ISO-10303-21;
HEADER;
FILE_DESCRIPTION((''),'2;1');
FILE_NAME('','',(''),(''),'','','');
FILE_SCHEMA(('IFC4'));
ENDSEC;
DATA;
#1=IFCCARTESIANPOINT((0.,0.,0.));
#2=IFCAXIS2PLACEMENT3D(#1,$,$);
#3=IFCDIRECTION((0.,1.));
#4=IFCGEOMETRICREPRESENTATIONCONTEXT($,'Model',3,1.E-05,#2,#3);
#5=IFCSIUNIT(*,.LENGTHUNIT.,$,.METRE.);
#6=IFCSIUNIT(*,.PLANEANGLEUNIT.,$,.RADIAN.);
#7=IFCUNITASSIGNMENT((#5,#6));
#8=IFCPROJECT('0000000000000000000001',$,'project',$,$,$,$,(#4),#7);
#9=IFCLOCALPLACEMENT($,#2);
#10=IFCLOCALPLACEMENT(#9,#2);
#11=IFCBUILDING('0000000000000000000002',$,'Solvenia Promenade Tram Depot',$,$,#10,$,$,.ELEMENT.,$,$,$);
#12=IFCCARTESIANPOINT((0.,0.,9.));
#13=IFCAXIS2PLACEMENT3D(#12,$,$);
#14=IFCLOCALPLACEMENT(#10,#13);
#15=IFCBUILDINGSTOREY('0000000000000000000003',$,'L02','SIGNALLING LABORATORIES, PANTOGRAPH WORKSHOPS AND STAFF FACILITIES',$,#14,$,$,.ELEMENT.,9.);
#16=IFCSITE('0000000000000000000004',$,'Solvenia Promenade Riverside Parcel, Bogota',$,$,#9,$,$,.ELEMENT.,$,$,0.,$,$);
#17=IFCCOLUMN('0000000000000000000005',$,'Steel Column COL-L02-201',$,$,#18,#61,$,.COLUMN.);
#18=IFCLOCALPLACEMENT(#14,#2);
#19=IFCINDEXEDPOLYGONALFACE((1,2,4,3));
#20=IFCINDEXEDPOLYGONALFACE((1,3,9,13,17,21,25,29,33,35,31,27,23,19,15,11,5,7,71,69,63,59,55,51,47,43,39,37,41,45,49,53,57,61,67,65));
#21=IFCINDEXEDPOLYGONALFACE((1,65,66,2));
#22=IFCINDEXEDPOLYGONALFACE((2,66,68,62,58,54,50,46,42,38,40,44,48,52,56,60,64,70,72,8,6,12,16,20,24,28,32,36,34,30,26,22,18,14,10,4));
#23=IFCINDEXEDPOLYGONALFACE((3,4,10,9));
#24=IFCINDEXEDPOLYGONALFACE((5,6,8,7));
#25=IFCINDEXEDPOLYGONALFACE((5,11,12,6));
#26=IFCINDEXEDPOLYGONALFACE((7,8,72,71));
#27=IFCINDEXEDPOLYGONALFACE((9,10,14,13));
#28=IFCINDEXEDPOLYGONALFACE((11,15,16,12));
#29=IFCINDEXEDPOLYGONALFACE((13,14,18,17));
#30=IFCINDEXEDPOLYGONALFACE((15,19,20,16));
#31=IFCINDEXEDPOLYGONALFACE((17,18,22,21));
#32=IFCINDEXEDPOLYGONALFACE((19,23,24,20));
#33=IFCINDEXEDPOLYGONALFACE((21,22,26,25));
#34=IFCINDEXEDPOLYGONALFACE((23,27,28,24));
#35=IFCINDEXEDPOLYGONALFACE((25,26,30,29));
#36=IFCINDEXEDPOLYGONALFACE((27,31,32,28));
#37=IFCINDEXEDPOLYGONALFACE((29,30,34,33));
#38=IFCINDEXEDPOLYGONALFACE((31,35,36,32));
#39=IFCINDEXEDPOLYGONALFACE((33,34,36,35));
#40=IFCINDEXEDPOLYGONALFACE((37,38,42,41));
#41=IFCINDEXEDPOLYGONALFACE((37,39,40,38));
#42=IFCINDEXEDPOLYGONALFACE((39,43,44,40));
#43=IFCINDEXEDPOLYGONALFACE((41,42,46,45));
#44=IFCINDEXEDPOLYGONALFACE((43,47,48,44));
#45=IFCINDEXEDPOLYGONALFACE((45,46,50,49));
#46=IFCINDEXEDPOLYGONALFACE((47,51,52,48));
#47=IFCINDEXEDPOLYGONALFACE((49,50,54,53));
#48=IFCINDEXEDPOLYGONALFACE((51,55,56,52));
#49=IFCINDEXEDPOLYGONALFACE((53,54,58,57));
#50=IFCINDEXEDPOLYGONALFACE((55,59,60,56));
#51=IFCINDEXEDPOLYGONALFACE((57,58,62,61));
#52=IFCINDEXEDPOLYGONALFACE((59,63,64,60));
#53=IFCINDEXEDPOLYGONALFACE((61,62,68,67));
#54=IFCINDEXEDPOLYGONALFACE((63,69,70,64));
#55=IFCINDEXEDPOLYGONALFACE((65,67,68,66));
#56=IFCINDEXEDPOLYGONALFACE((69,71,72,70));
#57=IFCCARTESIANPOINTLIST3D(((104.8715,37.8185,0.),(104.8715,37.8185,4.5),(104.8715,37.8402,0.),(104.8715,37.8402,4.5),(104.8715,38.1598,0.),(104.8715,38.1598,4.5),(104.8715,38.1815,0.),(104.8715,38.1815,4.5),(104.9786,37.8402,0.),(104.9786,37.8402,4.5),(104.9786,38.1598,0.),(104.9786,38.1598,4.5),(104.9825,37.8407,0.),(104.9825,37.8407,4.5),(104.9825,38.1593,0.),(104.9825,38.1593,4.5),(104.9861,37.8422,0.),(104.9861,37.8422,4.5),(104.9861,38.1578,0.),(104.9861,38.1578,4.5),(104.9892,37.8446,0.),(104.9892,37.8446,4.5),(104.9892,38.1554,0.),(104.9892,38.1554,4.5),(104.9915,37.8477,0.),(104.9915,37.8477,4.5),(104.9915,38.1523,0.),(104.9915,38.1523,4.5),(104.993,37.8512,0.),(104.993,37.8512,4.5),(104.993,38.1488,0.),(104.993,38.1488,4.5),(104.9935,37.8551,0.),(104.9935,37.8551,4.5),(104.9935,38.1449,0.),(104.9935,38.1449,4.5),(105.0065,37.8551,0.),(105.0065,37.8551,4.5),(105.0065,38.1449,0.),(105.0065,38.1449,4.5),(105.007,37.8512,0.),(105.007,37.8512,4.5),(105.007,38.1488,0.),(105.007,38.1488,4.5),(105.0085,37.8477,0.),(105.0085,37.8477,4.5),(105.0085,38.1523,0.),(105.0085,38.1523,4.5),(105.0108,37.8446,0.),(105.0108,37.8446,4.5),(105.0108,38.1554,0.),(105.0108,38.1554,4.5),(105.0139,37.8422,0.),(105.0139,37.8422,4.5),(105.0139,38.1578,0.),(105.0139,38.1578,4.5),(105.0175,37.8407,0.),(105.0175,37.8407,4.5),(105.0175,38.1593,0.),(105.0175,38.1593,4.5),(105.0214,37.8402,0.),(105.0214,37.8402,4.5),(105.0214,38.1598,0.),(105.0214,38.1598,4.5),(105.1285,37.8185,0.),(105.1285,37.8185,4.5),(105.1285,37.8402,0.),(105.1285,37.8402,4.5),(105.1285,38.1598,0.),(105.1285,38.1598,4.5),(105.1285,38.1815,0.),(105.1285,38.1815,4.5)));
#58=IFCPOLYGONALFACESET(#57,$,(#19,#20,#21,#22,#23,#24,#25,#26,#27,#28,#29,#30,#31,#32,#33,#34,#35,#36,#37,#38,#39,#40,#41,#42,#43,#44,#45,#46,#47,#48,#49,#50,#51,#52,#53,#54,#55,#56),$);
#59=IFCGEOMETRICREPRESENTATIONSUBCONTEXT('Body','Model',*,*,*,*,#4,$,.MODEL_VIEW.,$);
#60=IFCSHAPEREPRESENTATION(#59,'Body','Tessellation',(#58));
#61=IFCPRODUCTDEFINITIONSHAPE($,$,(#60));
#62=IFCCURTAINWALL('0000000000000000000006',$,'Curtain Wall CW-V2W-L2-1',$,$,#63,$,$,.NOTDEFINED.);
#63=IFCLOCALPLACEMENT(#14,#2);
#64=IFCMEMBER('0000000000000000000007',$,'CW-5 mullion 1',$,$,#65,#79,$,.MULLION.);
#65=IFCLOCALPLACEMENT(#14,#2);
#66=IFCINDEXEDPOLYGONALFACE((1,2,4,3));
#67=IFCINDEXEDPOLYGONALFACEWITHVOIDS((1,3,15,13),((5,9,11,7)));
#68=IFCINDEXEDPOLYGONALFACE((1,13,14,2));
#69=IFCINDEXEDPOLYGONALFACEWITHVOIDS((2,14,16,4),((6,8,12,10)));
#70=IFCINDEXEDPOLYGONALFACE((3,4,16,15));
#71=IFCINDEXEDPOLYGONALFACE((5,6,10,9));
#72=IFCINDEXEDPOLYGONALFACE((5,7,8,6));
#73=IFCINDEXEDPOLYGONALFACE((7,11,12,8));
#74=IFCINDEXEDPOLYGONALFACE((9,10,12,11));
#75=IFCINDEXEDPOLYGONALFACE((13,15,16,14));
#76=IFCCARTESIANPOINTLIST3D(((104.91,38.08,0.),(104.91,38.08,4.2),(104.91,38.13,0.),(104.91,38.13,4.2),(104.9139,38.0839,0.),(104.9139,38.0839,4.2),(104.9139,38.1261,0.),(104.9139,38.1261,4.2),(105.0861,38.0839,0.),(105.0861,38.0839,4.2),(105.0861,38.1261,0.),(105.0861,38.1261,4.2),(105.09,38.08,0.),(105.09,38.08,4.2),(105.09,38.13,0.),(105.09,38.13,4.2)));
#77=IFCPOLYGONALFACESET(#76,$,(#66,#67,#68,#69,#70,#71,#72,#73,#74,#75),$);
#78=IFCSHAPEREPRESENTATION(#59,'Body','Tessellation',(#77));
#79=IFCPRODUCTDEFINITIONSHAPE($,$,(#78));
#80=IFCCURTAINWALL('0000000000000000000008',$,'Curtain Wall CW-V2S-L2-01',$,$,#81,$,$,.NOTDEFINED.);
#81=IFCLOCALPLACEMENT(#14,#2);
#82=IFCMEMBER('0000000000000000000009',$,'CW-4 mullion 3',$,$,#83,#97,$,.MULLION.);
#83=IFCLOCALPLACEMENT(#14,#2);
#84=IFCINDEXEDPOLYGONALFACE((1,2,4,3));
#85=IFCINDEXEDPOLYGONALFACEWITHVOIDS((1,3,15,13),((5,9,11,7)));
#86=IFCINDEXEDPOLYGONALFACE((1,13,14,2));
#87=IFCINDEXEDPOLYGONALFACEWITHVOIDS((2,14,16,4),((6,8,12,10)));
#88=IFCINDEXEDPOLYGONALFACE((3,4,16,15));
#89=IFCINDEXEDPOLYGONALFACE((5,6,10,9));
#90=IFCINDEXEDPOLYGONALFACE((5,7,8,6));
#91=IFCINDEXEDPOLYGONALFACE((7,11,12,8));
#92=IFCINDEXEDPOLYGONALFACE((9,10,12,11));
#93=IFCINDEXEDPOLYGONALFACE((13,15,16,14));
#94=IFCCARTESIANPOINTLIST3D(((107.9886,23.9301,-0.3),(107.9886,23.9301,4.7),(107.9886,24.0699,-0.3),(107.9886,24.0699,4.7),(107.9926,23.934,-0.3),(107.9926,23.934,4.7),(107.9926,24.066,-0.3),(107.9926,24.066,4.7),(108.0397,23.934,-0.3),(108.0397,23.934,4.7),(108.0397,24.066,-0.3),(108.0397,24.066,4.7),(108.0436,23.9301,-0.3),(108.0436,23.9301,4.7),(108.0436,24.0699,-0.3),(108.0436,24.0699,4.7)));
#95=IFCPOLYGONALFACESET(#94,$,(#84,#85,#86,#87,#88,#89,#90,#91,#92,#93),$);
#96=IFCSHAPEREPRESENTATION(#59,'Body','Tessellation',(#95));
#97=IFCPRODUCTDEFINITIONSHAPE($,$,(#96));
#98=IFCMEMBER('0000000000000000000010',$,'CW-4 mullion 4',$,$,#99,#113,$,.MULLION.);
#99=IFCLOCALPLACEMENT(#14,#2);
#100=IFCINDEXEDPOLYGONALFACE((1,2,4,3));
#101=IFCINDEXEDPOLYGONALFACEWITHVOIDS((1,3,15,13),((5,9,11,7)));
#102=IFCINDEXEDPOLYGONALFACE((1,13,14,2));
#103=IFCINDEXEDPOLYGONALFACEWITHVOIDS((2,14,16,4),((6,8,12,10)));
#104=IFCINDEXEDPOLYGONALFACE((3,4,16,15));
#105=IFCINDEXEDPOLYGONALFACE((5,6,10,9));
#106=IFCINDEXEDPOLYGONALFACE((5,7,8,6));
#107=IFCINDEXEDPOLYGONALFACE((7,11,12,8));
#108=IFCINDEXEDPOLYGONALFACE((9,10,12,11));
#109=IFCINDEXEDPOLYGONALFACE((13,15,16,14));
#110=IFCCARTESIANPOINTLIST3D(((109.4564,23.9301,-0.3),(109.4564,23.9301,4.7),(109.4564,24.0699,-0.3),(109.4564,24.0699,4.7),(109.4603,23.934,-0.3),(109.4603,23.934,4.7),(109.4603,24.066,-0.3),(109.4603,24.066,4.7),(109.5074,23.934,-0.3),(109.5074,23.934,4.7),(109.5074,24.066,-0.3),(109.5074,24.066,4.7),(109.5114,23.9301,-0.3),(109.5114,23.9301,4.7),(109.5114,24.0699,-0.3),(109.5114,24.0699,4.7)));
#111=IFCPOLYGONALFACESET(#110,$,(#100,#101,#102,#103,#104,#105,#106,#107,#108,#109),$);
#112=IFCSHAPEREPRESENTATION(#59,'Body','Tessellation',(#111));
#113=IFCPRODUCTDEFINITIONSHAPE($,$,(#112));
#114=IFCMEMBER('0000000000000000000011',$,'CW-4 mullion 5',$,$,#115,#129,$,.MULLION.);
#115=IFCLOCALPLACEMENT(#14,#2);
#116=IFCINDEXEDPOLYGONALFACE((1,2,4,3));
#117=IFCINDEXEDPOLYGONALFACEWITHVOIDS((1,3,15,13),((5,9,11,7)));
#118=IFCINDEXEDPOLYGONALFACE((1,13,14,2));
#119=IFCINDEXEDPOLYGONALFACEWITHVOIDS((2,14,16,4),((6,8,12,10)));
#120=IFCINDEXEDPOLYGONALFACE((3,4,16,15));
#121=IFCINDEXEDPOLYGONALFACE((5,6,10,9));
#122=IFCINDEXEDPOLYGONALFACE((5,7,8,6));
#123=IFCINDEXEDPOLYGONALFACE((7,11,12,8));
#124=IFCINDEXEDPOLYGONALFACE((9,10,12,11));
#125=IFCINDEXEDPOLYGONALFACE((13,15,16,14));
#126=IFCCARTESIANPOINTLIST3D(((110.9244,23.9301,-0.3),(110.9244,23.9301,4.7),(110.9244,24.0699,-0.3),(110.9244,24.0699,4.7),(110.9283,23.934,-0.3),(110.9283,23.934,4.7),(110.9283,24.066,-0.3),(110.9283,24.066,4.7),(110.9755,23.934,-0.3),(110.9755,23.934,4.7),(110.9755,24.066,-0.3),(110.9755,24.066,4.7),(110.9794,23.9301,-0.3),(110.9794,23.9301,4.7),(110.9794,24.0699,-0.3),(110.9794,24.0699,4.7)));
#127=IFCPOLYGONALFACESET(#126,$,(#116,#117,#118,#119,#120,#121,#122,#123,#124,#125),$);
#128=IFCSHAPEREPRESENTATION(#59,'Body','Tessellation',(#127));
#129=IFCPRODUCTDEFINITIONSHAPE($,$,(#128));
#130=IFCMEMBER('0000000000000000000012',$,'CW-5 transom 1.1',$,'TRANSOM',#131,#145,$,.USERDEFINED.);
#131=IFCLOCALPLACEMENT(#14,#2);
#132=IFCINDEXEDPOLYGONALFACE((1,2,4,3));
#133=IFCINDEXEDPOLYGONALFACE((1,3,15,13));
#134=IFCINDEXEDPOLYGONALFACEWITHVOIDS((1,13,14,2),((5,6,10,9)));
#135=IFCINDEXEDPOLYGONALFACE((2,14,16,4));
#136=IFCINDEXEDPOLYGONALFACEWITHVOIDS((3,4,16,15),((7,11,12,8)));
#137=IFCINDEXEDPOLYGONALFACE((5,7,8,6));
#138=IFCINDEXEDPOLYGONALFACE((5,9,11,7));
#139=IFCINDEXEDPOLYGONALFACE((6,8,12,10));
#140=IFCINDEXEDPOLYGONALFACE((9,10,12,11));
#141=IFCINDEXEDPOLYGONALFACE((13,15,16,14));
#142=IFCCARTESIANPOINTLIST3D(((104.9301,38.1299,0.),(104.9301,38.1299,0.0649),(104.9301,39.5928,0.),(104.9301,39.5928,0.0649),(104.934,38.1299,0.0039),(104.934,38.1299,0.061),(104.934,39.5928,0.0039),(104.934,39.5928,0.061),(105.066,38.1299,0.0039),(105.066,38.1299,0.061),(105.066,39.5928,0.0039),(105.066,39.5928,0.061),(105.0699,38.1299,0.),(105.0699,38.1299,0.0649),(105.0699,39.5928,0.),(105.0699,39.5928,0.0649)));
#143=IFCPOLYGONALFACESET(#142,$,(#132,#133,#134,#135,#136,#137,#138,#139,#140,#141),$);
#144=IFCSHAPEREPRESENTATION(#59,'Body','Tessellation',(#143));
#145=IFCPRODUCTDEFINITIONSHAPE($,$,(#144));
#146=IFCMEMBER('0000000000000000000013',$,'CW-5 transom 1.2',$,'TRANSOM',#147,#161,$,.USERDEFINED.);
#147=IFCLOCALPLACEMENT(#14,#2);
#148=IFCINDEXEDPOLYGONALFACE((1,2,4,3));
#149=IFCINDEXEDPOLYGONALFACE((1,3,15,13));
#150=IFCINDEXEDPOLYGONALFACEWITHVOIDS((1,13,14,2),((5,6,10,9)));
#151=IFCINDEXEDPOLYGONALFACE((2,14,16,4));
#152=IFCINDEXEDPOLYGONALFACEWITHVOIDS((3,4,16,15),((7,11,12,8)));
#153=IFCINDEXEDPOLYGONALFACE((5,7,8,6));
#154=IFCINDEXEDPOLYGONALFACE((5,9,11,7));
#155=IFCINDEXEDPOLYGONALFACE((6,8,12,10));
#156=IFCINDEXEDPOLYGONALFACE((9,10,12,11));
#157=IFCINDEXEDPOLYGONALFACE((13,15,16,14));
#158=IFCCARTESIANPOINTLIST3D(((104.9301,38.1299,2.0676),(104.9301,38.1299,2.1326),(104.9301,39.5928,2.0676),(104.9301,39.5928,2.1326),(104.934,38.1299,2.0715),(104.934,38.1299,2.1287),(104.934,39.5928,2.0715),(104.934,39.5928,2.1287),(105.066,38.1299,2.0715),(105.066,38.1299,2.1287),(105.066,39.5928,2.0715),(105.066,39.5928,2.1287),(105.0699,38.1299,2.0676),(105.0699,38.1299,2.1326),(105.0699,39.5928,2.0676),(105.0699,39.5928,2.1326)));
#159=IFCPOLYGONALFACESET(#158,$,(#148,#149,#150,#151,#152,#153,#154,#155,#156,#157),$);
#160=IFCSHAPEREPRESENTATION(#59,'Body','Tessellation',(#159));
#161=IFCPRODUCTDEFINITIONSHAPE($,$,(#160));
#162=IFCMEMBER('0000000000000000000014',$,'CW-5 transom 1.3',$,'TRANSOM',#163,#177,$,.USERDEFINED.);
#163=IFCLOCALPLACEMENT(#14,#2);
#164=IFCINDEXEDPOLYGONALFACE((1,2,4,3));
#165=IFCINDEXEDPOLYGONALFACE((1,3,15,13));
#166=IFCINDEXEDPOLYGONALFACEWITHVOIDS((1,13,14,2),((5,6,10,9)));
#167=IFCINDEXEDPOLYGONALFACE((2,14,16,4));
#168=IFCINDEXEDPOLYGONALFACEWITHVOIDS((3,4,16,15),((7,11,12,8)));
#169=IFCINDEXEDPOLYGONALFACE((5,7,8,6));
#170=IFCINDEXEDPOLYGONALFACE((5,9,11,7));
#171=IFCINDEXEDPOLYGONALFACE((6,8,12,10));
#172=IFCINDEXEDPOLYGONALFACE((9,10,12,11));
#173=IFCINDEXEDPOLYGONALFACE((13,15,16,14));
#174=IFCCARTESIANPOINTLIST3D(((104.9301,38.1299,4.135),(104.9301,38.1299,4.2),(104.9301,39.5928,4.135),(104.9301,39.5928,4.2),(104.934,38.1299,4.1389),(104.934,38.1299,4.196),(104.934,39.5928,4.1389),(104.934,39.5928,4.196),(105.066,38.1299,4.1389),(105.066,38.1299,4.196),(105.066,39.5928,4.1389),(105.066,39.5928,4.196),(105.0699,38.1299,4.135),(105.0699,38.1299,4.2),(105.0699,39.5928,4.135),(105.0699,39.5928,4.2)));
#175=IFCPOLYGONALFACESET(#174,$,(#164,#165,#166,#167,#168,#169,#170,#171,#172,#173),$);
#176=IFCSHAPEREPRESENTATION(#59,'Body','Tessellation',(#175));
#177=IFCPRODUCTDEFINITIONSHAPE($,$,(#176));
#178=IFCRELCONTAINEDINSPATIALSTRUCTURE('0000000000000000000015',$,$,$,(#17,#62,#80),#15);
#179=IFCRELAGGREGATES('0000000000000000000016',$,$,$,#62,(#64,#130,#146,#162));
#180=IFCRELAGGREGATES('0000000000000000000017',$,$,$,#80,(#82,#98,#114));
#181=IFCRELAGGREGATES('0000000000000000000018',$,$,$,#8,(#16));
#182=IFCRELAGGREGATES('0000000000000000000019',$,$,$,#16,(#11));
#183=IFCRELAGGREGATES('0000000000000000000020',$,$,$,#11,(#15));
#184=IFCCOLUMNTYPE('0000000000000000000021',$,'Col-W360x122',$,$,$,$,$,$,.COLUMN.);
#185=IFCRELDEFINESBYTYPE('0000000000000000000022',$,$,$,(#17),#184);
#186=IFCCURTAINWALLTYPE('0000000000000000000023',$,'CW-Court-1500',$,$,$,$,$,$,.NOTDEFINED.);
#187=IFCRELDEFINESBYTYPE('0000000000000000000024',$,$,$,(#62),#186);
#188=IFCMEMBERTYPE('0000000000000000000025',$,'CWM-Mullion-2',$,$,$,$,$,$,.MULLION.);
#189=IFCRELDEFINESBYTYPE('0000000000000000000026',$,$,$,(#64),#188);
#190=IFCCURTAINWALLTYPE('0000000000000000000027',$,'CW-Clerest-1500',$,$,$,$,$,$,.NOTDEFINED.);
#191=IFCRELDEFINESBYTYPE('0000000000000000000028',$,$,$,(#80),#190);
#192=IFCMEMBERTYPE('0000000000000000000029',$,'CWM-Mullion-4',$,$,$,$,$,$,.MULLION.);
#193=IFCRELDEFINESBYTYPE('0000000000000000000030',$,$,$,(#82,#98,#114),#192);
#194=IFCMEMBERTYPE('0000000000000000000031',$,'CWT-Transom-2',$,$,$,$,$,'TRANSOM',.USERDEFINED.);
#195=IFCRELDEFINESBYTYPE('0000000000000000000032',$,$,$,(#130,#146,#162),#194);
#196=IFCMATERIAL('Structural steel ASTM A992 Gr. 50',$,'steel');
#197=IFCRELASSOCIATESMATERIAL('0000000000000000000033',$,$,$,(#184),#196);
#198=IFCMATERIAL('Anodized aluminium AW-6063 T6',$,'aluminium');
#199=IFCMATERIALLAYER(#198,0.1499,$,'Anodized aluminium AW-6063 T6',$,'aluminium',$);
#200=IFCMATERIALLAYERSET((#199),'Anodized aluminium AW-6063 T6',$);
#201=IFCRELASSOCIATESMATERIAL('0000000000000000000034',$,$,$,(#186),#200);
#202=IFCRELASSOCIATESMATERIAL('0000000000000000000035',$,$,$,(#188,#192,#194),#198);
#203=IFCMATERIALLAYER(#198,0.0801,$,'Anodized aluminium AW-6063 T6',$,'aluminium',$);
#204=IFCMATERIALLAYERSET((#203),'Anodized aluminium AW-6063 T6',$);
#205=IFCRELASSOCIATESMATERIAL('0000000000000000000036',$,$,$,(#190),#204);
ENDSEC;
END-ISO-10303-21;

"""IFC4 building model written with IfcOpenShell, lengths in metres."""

from ifc_helpers import new_model, si_unit, direction, frame, origin, origin_2d, place, context, subcontext, project, spatial, hollow_rectangle, i_section, extrude, material, layer, layer_set, material_profile, profile_set, type_object, element, aggregate, save


model = new_model("IFC4")

# Units and contexts
model_context = context("Model", 3, precision=1e-05, world=origin(), true_north=direction((0.0, 1.0)))
body_context = subcontext(model_context, "Body", "Model", "MODEL_VIEW")
ifc_project = project(units=[si_unit("LENGTHUNIT", "METRE"), si_unit("PLANEANGLEUNIT", "RADIAN")], contexts=[model_context])

# Site, building, storey
site_placement = place(None, origin())
site = spatial("IfcSite", under=ifc_project, at=site_placement, Name="Solvenia Promenade Riverside Parcel, Bogota", CompositionType="ELEMENT", RefElevation=0.0)
building_placement = place(site_placement, origin())
building = spatial("IfcBuilding", under=site, at=building_placement, Name="Solvenia Promenade Tram Depot", CompositionType="ELEMENT")
storey_placement = place(building_placement, frame((0.0, 0.0, 9.0)))
storey = spatial("IfcBuildingStorey", under=building, at=storey_placement, Name="L02", Description="SIGNALLING LABORATORIES, PANTOGRAPH WORKSHOPS AND STAFF FACILITIES", CompositionType="ELEMENT", Elevation=9.0)

# Column
ifc_material_1 = material(Name="Structural steel ASTM A992 Gr. 50", Category="steel")
ifc_material_profile_1 = material_profile(ifc_material_1, i_section(OverallWidth=0.2571, OverallDepth=0.363, WebThickness=0.0129, FlangeThickness=0.0217, FilletRadius=0.0149, at=origin_2d()), Name="W360x122", Category="steel")
ifc_profile_set_1 = profile_set([ifc_material_profile_1], Name="Structural steel ASTM A992 Gr. 50")
column_type = type_object("IfcColumnType", Name="Col-W360x122", PredefinedType="COLUMN", material=ifc_profile_set_1)
column_placement = place(storey_placement, frame((105.0, 38.0, 0.0), z_axis=(0.0, 0.0, 1.0), x_axis=(1.0, 0.0, 0.0)))
element("IfcColumn", 1, at=column_placement, inside=storey, type_object=column_type, Name="Steel Column COL-L02-201", PredefinedType="COLUMN", context=body_context, shape_type="SweptSolid", body=[
    extrude(i_section(OverallWidth=0.2571, OverallDepth=0.363, WebThickness=0.0129, FlangeThickness=0.0217, FilletRadius=0.0149, at=origin_2d()), origin(), (0.0, 0.0, 1.0), 4.5),
])

# Curtain wall, member
ifc_material_2 = material(Name="Anodized aluminium AW-6063 T6", Category="aluminium")
ifc_layer_1 = layer(ifc_material_2, 0.1499, Name="Anodized aluminium AW-6063 T6", Category="aluminium")
ifc_layer_set_1 = layer_set([ifc_layer_1], Name="Anodized aluminium AW-6063 T6")
curtain_wall_type_1 = type_object("IfcCurtainWallType", Name="CW-Court-1500", PredefinedType="NOTDEFINED", material=ifc_layer_set_1)
curtain_wall_1_placement = place(storey_placement, origin())
curtain_wall_1 = element("IfcCurtainWall", 2, at=curtain_wall_1_placement, inside=storey, type_object=curtain_wall_type_1, Name="Curtain Wall CW-V2W-L2-1", PredefinedType="NOTDEFINED")
ifc_material_profile_2 = material_profile(ifc_material_2, hollow_rectangle(XDim=0.1799, YDim=0.05, WallThickness=0.0039, at=origin_2d()), Name="ALU-M2", Category="aluminium")
ifc_profile_set_2 = profile_set([ifc_material_profile_2], Name="Anodized aluminium AW-6063 T6")
member_type_1 = type_object("IfcMemberType", Name="CWM-Mullion-2", PredefinedType="MULLION", material=ifc_profile_set_2)
member_1_placement = place(storey_placement, frame((105.0, 38.105, 0.0), z_axis=(0.0, 0.0, 1.0), x_axis=(-1.0, 0.0, 0.0)))
member_1 = element("IfcMember", 3, at=member_1_placement, type_object=member_type_1, Name="CW-5 mullion 1", PredefinedType="MULLION", context=body_context, shape_type="SweptSolid", body=[
    extrude(hollow_rectangle(XDim=0.1799, YDim=0.05, WallThickness=0.0039, at=origin_2d()), origin(), (0.0, 0.0, 1.0), 4.2),
])

# Curtain wall, members
ifc_layer_2 = layer(ifc_material_2, 0.0801, Name="Anodized aluminium AW-6063 T6", Category="aluminium")
ifc_layer_set_2 = layer_set([ifc_layer_2], Name="Anodized aluminium AW-6063 T6")
curtain_wall_type_2 = type_object("IfcCurtainWallType", Name="CW-Clerest-1500", PredefinedType="NOTDEFINED", material=ifc_layer_set_2)
curtain_wall_2_placement = place(storey_placement, origin())
curtain_wall_2 = element("IfcCurtainWall", 4, at=curtain_wall_2_placement, inside=storey, type_object=curtain_wall_type_2, Name="Curtain Wall CW-V2S-L2-01", PredefinedType="NOTDEFINED")
ifc_material_profile_3 = material_profile(ifc_material_2, hollow_rectangle(XDim=0.1399, YDim=0.0549, WallThickness=0.0039, at=origin_2d()), Name="ALU-M4", Category="aluminium")
ifc_profile_set_3 = profile_set([ifc_material_profile_3], Name="Anodized aluminium AW-6063 T6")
member_type_2 = type_object("IfcMemberType", Name="CWM-Mullion-4", PredefinedType="MULLION", material=ifc_profile_set_3)
member_2_placement = place(storey_placement, frame((108.0161, 24.0, -0.3), z_axis=(0.0, 0.0, 1.0), x_axis=(0.0, 1.0, 0.0)))
member_2 = element("IfcMember", 5, at=member_2_placement, type_object=member_type_2, Name="CW-4 mullion 3", PredefinedType="MULLION", context=body_context, shape_type="SweptSolid", body=[
    extrude(hollow_rectangle(XDim=0.1399, YDim=0.0549, WallThickness=0.0039, at=origin_2d()), origin(), (0.0, 0.0, 1.0), 5.0),
])
member_3_placement = place(storey_placement, frame((109.4839, 24.0, -0.3), z_axis=(0.0, 0.0, 1.0), x_axis=(0.0, 1.0, 0.0)))
member_3 = element("IfcMember", 6, at=member_3_placement, type_object=member_type_2, Name="CW-4 mullion 4", PredefinedType="MULLION", context=body_context, shape_type="SweptSolid", body=[
    extrude(hollow_rectangle(XDim=0.1399, YDim=0.0549, WallThickness=0.0039, at=origin_2d()), origin(), (0.0, 0.0, 1.0), 5.0),
])
member_4_placement = place(storey_placement, frame((110.9519, 24.0, -0.3), z_axis=(0.0, 0.0, 1.0), x_axis=(0.0, 1.0, 0.0)))
member_4 = element("IfcMember", 7, at=member_4_placement, type_object=member_type_2, Name="CW-4 mullion 5", PredefinedType="MULLION", context=body_context, shape_type="SweptSolid", body=[
    extrude(hollow_rectangle(XDim=0.1399, YDim=0.0549, WallThickness=0.0039, at=origin_2d()), origin(), (0.0, 0.0, 1.0), 5.0),
])

# Members
ifc_material_profile_4 = material_profile(ifc_material_2, hollow_rectangle(XDim=0.1399, YDim=0.0649, WallThickness=0.0039, at=origin_2d()), Name="ALU-T2", Category="aluminium")
ifc_profile_set_4 = profile_set([ifc_material_profile_4], Name="Anodized aluminium AW-6063 T6")
member_type_3 = type_object("IfcMemberType", Name="CWT-Transom-2", ElementType="TRANSOM", PredefinedType="USERDEFINED", material=ifc_profile_set_4)
member_5_placement = place(storey_placement, frame((105.0, 38.1299, 0.0325), z_axis=(0.0, 1.0, 0.0), x_axis=(-1.0, 0.0, 0.0)))
member_5 = element("IfcMember", 8, at=member_5_placement, type_object=member_type_3, Name="CW-5 transom 1.1", ObjectType="TRANSOM", PredefinedType="USERDEFINED", context=body_context, shape_type="SweptSolid", body=[
    extrude(hollow_rectangle(XDim=0.1399, YDim=0.0649, WallThickness=0.0039, at=origin_2d()), origin(), (0.0, 0.0, 1.0), 1.4629),
])
member_6_placement = place(storey_placement, frame((105.0, 38.1299, 2.1001), z_axis=(0.0, 1.0, 0.0), x_axis=(-1.0, 0.0, 0.0)))
member_6 = element("IfcMember", 9, at=member_6_placement, type_object=member_type_3, Name="CW-5 transom 1.2", ObjectType="TRANSOM", PredefinedType="USERDEFINED", context=body_context, shape_type="SweptSolid", body=[
    extrude(hollow_rectangle(XDim=0.1399, YDim=0.0649, WallThickness=0.0039, at=origin_2d()), origin(), (0.0, 0.0, 1.0), 1.4629),
])
member_7_placement = place(storey_placement, frame((105.0, 38.1299, 4.1675), z_axis=(0.0, 1.0, 0.0), x_axis=(-1.0, 0.0, 0.0)))
member_7 = element("IfcMember", 10, at=member_7_placement, type_object=member_type_3, Name="CW-5 transom 1.3", ObjectType="TRANSOM", PredefinedType="USERDEFINED", context=body_context, shape_type="SweptSolid", body=[
    extrude(hollow_rectangle(XDim=0.1399, YDim=0.0649, WallThickness=0.0039, at=origin_2d()), origin(), (0.0, 0.0, 1.0), 1.4629),
])
aggregate(curtain_wall_1, [member_1, member_5, member_6, member_7])

aggregate(curtain_wall_2, [member_2, member_3, member_4])

save(model, "model.ifc")
